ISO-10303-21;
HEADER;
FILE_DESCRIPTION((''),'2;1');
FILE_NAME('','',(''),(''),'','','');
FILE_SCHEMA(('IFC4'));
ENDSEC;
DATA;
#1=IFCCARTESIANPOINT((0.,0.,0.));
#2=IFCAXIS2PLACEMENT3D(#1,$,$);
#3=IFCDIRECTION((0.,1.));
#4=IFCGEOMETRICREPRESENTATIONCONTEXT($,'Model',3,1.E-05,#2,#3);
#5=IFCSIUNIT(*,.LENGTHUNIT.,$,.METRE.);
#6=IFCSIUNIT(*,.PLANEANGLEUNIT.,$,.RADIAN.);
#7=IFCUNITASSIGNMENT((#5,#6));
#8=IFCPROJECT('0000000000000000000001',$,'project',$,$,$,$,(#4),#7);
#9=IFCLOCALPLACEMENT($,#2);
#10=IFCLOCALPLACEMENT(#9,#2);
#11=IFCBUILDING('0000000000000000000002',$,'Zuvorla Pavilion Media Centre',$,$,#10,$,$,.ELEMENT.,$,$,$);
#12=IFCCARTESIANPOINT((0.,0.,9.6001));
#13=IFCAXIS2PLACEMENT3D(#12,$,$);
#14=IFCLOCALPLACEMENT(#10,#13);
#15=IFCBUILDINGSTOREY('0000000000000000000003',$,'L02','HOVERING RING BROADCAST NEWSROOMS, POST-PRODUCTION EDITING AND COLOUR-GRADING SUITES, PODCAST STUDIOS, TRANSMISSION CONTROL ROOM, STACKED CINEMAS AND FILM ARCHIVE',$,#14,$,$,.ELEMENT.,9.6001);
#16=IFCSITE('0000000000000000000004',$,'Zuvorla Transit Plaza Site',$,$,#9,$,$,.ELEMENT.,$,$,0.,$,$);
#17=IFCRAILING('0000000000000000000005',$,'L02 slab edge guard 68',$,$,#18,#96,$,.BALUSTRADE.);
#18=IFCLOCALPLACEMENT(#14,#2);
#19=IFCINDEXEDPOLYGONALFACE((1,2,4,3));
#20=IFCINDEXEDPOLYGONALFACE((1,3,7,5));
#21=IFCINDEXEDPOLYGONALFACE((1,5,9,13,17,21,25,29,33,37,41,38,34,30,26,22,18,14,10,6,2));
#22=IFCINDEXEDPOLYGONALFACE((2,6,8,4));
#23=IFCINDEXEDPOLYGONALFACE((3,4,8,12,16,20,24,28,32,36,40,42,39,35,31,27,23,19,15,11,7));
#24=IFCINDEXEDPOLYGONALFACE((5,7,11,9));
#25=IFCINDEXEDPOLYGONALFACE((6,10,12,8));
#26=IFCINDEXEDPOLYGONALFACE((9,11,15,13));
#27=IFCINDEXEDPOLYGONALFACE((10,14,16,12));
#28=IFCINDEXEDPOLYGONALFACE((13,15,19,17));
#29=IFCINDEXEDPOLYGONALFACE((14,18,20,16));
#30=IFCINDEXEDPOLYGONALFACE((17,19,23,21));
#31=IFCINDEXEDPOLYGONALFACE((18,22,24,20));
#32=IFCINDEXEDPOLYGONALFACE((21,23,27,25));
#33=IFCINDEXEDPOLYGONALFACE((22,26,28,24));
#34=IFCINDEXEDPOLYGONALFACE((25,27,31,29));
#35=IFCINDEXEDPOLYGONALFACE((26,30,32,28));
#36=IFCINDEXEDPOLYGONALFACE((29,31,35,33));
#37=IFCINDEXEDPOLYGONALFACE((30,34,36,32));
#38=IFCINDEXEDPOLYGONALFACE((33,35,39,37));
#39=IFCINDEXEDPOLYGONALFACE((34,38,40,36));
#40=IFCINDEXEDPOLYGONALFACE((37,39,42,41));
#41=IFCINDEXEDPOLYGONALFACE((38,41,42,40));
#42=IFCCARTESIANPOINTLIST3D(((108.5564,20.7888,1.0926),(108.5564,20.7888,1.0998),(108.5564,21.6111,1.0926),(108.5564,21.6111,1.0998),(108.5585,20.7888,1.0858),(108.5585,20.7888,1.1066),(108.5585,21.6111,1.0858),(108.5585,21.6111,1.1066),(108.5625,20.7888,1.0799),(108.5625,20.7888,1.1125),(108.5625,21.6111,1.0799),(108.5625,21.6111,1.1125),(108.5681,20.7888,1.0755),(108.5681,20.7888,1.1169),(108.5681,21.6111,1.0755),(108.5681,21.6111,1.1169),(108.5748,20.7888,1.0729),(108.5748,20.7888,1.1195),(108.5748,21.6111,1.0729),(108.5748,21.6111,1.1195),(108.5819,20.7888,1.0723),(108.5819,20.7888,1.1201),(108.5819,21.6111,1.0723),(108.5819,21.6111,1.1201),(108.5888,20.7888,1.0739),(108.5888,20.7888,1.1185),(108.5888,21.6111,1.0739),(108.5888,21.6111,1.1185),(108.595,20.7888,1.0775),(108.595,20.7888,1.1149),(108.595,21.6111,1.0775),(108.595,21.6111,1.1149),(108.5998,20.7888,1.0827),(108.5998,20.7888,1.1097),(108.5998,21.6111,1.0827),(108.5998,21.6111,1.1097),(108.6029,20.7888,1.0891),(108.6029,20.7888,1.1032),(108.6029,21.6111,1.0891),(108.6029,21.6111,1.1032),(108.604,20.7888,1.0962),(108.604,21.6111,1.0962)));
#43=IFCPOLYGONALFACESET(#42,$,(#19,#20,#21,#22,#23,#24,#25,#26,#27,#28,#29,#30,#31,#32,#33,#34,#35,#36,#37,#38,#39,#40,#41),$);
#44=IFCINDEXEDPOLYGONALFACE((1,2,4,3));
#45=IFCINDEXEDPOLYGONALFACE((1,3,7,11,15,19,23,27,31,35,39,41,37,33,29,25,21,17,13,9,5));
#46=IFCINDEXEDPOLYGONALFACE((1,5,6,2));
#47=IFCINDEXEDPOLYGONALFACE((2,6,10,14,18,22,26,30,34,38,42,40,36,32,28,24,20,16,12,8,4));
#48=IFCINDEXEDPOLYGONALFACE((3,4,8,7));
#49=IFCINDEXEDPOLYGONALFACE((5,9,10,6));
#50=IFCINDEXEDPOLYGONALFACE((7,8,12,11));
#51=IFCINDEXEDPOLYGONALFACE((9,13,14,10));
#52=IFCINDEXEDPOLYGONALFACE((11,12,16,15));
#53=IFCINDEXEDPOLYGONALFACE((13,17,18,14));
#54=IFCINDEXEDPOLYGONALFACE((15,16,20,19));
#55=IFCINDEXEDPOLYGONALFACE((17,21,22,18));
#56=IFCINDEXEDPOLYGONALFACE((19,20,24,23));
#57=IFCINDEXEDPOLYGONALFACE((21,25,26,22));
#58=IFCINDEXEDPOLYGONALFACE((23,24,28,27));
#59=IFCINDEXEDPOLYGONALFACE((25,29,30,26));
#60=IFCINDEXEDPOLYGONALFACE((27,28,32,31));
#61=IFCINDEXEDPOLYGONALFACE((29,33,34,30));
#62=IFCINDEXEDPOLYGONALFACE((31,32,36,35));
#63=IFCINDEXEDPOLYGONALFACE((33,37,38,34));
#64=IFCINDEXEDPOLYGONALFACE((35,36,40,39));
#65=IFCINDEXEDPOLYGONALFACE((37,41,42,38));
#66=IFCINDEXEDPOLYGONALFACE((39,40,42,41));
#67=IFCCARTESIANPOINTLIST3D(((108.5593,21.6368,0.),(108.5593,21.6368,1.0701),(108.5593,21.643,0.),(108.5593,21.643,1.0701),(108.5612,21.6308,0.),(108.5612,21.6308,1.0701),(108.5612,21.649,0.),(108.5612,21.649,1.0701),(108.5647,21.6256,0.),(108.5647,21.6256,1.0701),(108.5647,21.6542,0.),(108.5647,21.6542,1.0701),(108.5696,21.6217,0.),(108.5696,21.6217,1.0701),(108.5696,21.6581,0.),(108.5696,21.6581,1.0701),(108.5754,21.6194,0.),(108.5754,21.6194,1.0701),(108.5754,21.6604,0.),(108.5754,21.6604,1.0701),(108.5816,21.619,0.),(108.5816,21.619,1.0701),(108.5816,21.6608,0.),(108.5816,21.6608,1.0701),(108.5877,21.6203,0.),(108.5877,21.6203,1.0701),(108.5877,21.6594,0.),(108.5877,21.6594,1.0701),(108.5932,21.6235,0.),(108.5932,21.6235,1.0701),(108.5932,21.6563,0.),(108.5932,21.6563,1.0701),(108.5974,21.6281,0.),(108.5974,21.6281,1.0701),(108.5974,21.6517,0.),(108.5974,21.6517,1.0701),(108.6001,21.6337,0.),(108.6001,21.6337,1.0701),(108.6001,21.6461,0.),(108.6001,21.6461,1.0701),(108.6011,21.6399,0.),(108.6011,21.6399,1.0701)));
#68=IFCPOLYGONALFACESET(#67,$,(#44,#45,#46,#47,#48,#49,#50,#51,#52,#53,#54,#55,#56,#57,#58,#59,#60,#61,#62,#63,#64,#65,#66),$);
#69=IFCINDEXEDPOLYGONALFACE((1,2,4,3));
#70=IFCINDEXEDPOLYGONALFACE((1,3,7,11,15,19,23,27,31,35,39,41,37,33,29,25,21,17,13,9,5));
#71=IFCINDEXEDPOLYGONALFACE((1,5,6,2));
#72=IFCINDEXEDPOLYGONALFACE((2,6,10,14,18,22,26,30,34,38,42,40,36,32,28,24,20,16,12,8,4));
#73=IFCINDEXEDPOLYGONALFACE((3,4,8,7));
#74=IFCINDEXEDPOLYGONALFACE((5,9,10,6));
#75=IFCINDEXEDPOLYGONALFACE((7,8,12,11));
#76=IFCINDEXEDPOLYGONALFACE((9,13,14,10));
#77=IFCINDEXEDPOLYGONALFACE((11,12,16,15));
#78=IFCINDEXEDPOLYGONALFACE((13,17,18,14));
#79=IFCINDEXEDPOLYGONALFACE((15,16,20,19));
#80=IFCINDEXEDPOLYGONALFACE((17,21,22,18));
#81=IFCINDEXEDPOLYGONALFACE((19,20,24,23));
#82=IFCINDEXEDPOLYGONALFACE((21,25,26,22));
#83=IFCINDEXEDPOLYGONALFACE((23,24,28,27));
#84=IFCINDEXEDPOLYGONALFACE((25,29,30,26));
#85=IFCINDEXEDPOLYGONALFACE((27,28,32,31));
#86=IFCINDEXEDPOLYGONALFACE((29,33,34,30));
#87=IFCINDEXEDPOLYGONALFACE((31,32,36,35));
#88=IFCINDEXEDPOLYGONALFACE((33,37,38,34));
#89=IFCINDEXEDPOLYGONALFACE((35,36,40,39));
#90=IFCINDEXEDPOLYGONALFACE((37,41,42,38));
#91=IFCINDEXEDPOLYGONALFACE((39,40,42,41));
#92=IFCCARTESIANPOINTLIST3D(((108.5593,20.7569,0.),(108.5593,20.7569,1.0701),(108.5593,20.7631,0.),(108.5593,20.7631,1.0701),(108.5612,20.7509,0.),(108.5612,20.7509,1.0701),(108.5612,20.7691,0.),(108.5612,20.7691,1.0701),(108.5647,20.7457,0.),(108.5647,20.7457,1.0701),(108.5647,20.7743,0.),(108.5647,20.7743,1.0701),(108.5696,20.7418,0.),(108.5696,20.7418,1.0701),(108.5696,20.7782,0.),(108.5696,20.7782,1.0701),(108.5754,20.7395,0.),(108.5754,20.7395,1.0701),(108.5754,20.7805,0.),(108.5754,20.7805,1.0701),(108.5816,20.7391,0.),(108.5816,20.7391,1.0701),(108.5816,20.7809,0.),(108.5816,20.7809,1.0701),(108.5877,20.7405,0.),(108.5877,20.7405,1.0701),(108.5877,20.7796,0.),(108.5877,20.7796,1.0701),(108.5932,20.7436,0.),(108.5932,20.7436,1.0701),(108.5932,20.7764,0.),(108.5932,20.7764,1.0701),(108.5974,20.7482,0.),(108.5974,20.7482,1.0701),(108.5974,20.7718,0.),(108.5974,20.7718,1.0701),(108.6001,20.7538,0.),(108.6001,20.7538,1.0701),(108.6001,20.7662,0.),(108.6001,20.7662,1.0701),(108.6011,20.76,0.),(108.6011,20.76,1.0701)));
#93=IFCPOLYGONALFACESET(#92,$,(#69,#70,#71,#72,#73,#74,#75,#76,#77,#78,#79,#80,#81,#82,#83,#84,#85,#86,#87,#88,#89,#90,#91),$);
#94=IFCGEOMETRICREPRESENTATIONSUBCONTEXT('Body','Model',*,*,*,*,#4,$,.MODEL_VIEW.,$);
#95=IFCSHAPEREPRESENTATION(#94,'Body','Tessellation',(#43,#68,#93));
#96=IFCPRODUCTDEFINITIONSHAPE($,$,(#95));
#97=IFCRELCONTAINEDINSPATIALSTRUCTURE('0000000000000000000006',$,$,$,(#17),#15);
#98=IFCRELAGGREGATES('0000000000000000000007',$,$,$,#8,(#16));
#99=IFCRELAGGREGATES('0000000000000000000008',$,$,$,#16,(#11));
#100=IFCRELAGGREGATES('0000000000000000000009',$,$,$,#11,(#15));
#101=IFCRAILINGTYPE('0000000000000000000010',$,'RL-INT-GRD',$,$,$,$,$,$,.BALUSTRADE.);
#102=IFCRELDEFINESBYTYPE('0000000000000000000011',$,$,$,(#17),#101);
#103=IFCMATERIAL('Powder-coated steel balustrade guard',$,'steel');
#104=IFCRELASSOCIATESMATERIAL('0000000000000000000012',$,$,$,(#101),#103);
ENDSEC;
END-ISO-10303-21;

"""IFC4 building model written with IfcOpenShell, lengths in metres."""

from ifc_helpers import new_model, si_unit, direction, frame, origin, origin_2d, place, context, subcontext, project, spatial, circle, extrude, material, type_object, element, save


model = new_model("IFC4")

# Units and contexts
model_context = context("Model", 3, precision=1e-05, world=origin(), true_north=direction((0.0, 1.0)))
body_context = subcontext(model_context, "Body", "Model", "MODEL_VIEW")
ifc_project = project(units=[si_unit("LENGTHUNIT", "METRE"), si_unit("PLANEANGLEUNIT", "RADIAN")], contexts=[model_context])

# Site, building, storey
site_placement = place(None, origin())
site = spatial("IfcSite", under=ifc_project, at=site_placement, Name="Zuvorla Transit Plaza Site", CompositionType="ELEMENT", RefElevation=0.0)
building_placement = place(site_placement, origin())
building = spatial("IfcBuilding", under=site, at=building_placement, Name="Zuvorla Pavilion Media Centre", CompositionType="ELEMENT")
storey_placement = place(building_placement, frame((0.0, 0.0, 9.6001)))
storey = spatial("IfcBuildingStorey", under=building, at=storey_placement, Name="L02", Description="HOVERING RING BROADCAST NEWSROOMS, POST-PRODUCTION EDITING AND COLOUR-GRADING SUITES, PODCAST STUDIOS, TRANSMISSION CONTROL ROOM, STACKED CINEMAS AND FILM ARCHIVE", CompositionType="ELEMENT", Elevation=9.6001)

# Railing
ifc_material_1 = material(Name="Powder-coated steel balustrade guard", Category="steel")
railing_type_1 = type_object("IfcRailingType", Name="RL-INT-GRD", PredefinedType="BALUSTRADE", material=ifc_material_1)
for number, where, name in (
    (1, (108.5801, 21.6399, 0.0), "L02 slab edge guard 68"),
):
    element("IfcRailing", number, at=place(storey_placement, frame(where)), inside=storey, type_object=railing_type_1, Name=name, PredefinedType="BALUSTRADE", context=body_context, shape_type="SweptSolid", body=[
        extrude(circle(Radius=0.0239, at=origin_2d()), frame((0.0, -0.0288, 1.0962), z_axis=(0.0, -1.0, 0.0), x_axis=(1.0, 0.0, 0.0)), (0.0, 0.0, 1.0), 0.8223),
        extrude(circle(Radius=0.021, at=origin_2d()), origin(), (0.0, 0.0, 1.0), 1.0701),
        extrude(circle(Radius=0.021, at=origin_2d()), frame((0.0, -0.8799, 0.0)), (0.0, 0.0, 1.0), 1.0701),
    ])

save(model, "model.ifc")
